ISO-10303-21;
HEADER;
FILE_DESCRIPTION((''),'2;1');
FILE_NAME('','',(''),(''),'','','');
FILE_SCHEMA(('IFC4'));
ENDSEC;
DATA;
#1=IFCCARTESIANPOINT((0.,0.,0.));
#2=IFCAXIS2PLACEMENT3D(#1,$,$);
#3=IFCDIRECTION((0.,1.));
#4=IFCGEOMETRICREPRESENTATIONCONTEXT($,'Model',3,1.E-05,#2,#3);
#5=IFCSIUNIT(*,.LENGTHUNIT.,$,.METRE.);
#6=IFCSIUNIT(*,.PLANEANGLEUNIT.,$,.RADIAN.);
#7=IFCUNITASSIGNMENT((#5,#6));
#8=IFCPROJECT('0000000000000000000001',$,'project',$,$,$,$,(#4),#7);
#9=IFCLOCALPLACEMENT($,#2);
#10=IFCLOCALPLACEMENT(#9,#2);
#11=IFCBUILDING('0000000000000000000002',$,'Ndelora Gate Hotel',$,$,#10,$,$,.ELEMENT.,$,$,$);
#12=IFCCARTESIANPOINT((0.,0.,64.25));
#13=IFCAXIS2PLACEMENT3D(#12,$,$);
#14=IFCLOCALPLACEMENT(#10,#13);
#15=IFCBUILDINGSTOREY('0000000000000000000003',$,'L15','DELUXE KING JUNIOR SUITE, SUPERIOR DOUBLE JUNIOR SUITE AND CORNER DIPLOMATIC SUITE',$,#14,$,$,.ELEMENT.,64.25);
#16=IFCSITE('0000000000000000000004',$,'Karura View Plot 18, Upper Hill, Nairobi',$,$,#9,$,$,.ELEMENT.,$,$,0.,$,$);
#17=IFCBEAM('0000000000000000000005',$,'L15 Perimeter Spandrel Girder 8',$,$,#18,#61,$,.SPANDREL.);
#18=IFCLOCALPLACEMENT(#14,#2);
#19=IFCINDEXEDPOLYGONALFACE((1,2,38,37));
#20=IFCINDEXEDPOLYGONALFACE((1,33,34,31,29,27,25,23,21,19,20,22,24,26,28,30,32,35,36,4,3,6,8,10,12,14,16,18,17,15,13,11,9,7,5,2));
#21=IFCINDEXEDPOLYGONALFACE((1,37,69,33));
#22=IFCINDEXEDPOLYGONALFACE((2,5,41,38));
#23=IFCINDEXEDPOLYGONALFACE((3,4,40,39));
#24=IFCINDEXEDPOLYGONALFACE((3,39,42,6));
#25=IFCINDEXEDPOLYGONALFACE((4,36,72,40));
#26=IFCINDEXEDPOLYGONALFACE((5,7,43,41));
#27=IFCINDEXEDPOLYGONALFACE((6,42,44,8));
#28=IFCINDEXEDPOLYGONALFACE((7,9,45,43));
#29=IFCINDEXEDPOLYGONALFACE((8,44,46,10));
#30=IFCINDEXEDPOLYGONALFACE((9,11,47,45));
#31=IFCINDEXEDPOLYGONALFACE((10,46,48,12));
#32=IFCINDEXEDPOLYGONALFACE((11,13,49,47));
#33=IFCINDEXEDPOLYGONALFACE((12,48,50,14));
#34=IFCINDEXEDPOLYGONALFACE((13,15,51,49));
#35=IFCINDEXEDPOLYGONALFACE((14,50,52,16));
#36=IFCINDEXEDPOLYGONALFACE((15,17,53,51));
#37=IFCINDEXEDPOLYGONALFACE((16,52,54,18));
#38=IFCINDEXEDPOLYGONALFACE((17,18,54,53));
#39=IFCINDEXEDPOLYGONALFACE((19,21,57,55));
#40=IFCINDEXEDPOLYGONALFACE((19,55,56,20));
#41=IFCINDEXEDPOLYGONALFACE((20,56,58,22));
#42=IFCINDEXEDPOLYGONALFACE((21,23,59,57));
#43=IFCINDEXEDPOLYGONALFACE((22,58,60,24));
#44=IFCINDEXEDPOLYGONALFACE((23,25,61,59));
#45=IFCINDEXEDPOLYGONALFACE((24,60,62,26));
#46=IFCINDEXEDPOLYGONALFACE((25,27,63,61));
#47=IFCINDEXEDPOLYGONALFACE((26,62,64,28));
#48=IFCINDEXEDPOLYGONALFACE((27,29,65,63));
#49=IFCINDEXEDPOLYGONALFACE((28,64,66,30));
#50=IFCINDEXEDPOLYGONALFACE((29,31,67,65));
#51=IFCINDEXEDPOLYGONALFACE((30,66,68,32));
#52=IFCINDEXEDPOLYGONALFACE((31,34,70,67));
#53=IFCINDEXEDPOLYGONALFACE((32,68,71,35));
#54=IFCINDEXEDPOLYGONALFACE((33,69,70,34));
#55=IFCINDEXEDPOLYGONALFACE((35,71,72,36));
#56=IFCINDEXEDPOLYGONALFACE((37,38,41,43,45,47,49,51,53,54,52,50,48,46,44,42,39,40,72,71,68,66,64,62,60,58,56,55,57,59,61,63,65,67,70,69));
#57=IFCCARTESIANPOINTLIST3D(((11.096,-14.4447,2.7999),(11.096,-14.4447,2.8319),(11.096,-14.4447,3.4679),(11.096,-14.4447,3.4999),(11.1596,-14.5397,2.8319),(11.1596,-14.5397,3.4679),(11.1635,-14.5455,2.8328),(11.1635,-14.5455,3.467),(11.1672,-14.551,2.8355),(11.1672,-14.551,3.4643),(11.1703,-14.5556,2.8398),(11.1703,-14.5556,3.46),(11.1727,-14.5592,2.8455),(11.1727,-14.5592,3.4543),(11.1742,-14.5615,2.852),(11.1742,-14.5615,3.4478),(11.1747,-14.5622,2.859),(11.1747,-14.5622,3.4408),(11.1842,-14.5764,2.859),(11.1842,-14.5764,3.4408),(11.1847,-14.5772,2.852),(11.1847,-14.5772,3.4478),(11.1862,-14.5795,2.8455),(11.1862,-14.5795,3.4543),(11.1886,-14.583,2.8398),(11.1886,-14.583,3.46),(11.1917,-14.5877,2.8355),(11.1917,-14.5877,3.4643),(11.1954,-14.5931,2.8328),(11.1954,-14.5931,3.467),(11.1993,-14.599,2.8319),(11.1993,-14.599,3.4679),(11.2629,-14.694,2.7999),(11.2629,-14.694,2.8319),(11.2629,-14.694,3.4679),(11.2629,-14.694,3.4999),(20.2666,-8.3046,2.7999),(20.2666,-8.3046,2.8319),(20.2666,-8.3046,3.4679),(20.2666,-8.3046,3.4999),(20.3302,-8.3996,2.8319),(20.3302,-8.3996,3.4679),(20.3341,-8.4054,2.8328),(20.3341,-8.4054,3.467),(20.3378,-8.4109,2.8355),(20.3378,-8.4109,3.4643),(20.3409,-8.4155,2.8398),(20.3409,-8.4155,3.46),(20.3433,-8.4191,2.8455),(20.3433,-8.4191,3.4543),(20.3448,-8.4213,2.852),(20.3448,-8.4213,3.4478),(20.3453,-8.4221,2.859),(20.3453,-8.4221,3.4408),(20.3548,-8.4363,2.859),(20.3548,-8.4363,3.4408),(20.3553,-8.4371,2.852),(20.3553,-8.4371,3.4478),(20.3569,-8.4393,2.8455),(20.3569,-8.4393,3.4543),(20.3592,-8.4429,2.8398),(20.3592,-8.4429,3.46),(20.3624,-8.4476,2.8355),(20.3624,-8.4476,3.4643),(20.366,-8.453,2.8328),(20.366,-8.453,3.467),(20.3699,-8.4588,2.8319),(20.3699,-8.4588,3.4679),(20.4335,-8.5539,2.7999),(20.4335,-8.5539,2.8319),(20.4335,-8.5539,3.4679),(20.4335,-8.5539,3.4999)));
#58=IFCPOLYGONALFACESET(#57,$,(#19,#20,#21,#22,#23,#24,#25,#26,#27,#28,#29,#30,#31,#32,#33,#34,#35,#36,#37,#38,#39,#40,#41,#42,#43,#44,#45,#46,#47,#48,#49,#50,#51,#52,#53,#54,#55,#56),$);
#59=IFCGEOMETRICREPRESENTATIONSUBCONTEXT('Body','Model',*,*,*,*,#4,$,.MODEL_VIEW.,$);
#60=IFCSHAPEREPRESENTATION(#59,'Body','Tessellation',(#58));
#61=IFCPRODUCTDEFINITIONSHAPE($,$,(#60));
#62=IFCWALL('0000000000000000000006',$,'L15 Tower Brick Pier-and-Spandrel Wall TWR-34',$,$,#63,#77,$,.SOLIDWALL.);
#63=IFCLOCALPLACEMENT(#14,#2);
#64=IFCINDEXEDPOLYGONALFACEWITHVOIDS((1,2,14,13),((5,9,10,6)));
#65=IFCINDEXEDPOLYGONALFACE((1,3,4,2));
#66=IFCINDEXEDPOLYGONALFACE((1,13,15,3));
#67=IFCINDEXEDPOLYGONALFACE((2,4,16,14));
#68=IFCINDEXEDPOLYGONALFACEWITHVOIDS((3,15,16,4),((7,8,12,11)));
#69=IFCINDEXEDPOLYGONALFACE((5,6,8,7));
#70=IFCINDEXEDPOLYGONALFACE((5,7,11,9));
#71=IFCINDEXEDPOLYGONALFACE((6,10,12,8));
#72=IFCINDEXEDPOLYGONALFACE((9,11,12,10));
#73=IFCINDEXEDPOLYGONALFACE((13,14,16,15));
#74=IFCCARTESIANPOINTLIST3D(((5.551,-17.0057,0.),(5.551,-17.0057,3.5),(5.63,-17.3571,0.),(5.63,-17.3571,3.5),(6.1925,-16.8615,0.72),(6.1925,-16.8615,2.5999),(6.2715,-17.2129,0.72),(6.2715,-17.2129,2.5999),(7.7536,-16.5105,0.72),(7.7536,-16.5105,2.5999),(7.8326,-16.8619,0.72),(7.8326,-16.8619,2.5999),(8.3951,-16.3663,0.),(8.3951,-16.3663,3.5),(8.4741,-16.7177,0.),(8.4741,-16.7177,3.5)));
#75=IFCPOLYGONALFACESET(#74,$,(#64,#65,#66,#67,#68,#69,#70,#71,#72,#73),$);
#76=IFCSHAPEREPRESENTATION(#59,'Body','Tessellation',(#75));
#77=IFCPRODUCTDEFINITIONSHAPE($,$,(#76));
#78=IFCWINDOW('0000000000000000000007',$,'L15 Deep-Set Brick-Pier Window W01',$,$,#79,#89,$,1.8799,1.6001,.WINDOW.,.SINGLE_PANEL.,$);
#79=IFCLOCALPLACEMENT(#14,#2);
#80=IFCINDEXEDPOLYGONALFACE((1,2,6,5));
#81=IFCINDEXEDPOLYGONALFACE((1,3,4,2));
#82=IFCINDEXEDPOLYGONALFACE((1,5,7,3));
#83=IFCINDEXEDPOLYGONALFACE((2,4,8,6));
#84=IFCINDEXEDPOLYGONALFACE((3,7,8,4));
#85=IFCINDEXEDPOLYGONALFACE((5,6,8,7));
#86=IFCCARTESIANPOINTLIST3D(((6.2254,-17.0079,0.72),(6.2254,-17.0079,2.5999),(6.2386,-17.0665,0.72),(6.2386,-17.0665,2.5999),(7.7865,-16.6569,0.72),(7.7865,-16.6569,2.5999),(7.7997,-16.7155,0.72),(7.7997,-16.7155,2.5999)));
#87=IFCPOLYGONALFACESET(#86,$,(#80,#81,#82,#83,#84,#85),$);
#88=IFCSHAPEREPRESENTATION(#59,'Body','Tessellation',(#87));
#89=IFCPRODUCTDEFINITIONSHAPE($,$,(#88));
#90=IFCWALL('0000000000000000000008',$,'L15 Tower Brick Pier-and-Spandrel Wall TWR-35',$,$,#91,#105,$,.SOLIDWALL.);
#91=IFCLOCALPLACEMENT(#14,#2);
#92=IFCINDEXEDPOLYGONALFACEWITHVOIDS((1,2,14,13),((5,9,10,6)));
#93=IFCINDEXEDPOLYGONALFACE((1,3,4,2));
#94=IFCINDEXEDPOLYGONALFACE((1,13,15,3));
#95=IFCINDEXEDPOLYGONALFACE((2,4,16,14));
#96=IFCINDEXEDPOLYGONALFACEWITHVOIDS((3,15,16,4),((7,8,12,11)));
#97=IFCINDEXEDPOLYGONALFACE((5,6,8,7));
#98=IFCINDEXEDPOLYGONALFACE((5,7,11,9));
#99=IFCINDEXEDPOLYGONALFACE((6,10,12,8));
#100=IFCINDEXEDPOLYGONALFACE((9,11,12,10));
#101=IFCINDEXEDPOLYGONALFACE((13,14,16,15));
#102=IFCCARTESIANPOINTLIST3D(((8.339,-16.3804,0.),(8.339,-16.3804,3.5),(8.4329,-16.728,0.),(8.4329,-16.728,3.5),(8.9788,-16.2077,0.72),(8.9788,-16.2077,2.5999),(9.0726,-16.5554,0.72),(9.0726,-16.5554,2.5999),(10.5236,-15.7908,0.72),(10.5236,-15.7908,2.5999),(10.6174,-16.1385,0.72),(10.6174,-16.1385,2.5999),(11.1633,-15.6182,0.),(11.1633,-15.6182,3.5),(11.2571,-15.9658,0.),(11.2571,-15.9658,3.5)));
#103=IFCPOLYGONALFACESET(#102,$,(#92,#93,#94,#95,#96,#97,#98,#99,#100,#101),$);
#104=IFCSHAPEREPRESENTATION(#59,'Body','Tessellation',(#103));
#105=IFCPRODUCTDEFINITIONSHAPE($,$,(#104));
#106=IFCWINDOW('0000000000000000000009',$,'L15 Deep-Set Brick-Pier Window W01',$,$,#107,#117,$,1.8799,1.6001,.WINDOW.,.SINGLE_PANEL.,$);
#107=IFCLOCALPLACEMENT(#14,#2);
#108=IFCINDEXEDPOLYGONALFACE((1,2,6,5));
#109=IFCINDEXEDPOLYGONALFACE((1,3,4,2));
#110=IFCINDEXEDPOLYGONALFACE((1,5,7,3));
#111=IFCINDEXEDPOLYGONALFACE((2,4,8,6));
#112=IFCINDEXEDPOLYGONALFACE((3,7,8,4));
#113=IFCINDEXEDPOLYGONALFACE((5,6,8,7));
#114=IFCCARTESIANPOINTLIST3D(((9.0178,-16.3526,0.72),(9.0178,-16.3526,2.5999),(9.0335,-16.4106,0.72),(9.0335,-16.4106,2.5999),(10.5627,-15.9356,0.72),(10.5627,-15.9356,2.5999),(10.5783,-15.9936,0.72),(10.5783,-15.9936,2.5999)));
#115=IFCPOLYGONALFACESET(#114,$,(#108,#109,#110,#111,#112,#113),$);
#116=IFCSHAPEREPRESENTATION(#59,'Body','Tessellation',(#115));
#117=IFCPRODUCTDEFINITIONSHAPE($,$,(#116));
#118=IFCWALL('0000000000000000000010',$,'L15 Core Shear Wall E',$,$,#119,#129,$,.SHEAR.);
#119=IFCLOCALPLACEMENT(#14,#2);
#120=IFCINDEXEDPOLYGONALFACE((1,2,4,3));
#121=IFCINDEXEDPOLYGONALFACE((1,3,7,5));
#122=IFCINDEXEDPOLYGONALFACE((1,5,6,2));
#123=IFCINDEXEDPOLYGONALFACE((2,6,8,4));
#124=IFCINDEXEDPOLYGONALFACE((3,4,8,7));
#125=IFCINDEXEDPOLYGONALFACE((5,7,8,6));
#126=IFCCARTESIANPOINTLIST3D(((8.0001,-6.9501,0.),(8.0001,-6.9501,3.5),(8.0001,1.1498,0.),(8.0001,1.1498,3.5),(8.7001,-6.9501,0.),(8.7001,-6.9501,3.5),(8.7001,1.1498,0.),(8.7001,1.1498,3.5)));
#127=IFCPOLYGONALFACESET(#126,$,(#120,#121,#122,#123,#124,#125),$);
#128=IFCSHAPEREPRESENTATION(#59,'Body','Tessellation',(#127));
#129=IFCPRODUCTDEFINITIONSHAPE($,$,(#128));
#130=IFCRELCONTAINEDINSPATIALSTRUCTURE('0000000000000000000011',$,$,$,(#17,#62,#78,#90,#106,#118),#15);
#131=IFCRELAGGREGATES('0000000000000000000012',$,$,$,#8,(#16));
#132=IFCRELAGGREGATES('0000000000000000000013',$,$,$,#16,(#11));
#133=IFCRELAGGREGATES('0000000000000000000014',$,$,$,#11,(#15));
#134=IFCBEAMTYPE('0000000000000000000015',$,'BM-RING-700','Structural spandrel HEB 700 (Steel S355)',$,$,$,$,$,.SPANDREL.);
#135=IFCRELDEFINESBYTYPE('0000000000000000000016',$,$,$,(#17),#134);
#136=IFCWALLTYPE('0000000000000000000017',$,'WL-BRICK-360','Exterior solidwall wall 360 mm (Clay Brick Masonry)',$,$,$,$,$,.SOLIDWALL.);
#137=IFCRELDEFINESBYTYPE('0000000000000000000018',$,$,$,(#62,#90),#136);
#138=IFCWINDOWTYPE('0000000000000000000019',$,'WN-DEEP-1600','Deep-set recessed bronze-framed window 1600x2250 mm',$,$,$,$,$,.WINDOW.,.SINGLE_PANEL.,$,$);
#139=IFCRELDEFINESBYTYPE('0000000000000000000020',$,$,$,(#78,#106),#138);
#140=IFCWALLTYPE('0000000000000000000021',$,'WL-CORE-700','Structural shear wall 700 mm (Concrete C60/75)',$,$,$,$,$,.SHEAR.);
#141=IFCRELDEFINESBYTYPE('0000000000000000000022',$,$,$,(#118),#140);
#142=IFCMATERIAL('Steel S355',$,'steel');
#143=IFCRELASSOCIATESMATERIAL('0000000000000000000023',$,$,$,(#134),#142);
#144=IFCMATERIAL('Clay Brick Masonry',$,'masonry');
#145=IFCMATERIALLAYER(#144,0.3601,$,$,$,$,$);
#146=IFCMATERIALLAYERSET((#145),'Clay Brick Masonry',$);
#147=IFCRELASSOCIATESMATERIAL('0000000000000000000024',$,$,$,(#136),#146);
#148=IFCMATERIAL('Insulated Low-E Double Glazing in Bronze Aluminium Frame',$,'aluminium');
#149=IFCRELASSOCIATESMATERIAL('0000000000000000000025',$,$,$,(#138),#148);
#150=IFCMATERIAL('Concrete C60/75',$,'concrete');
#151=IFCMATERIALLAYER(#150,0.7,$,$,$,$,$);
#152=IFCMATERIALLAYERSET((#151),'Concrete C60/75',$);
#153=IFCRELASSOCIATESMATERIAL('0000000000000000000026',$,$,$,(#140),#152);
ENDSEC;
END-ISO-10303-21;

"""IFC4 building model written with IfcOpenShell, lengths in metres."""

from ifc_helpers import new_model, si_unit, direction, frame, frame_2d, origin, origin_2d, place, context, subcontext, project, spatial, rectangle, i_section, extrude, material, layer, layer_set, material_profile, profile_set, type_object, element, fill, save


model = new_model("IFC4")

# Units and contexts
model_context = context("Model", 3, precision=1e-05, world=origin(), true_north=direction((0.0, 1.0)))
body_context = subcontext(model_context, "Body", "Model", "MODEL_VIEW")
ifc_project = project(units=[si_unit("LENGTHUNIT", "METRE"), si_unit("PLANEANGLEUNIT", "RADIAN")], contexts=[model_context])

# Site, building, storey
site_placement = place(None, origin())
site = spatial("IfcSite", under=ifc_project, at=site_placement, Name="Karura View Plot 18, Upper Hill, Nairobi", CompositionType="ELEMENT", RefElevation=0.0)
building_placement = place(site_placement, origin())
building = spatial("IfcBuilding", under=site, at=building_placement, Name="Ndelora Gate Hotel", CompositionType="ELEMENT")
storey_placement = place(building_placement, frame((0.0, 0.0, 64.25)))
storey = spatial("IfcBuildingStorey", under=building, at=storey_placement, Name="L15", Description="DELUXE KING JUNIOR SUITE, SUPERIOR DOUBLE JUNIOR SUITE AND CORNER DIPLOMATIC SUITE", CompositionType="ELEMENT", Elevation=64.25)

# Shared definitions
ifc_material_1 = material(Name="Concrete C60/75", Category="concrete")

# Beam
ifc_material_2 = material(Name="Steel S355", Category="steel")
ifc_material_profile_1 = material_profile(ifc_material_2, i_section(OverallWidth=0.3, OverallDepth=0.7, WebThickness=0.0171, FlangeThickness=0.032, FilletRadius=0.0271, at=origin_2d()), Name="HEB 700")
ifc_profile_set_1 = profile_set([ifc_material_profile_1], Name="Steel S355")
beam_type_1 = type_object("IfcBeamType", Name="BM-RING-700", Description="Structural spandrel HEB 700 (Steel S355)", PredefinedType="SPANDREL", material=ifc_profile_set_1)
beam_1_placement = place(storey_placement, frame((11.1794, -14.5693, 3.1499), z_axis=(0.830946, 0.556353, 0.0), x_axis=(-0.556353, 0.830946, 0.0)))
element("IfcBeam", 1, at=beam_1_placement, inside=storey, type_object=beam_type_1, Name="L15 Perimeter Spandrel Girder 8", PredefinedType="SPANDREL", context=body_context, shape_type="SweptSolid", body=[
    extrude(i_section(OverallWidth=0.3, OverallDepth=0.7, WebThickness=0.0171, FlangeThickness=0.032, FilletRadius=0.0271, at=origin_2d()), origin(), (0.0, 0.0, 1.0), 11.0364),
])

# Walls, openings, windows
ifc_material_3 = material(Name="Clay Brick Masonry", Category="masonry")
ifc_layer_1 = layer(ifc_material_3, 0.3601)
ifc_layer_set_1 = layer_set([ifc_layer_1], Name="Clay Brick Masonry")
wall_type_1 = type_object("IfcWallType", Name="WL-BRICK-360", Description="Exterior solidwall wall 360 mm (Clay Brick Masonry)", PredefinedType="SOLIDWALL", material=ifc_layer_set_1)
wall_1_placement = place(storey_placement, frame((8.4346, -16.542, 0.0), z_axis=(0.0, 0.0, 1.0), x_axis=(-0.975646, -0.219351, 0.0)))
wall_1 = element("IfcWall", 2, at=wall_1_placement, inside=storey, type_object=wall_type_1, Name="L15 Tower Brick Pier-and-Spandrel Wall TWR-34", PredefinedType="SOLIDWALL", context=body_context, shape_type="SweptSolid", body=[
    extrude(rectangle(XDim=2.915, YDim=0.3601, at=frame_2d((1.4575, 0.0))), origin(), (0.0, 0.0, 1.0), 3.5),
])
opening_1_placement = place(wall_1_placement, frame((0.6575, 0.0, 0.72)))
opening_1 = element("IfcOpeningElement", 3, at=opening_1_placement, cuts=wall_1, PredefinedType="OPENING", context=body_context, shape_type="SweptSolid", body=[
    extrude(rectangle(XDim=1.6001, YDim=1.8799, at=frame_2d((0.8, 0.9399))), frame((0.0, 0.1899, 0.0), z_axis=(0.0, -1.0, 0.0), x_axis=(1.0, 0.0, 0.0)), (0.0, 0.0, 1.0), 0.3801),
])
ifc_material_4 = material(Name="Insulated Low-E Double Glazing in Bronze Aluminium Frame", Category="aluminium")
window_type = type_object("IfcWindowType", Name="WN-DEEP-1600", Description="Deep-set recessed bronze-framed window 1600x2250 mm", PartitioningType="SINGLE_PANEL", PredefinedType="WINDOW", material=ifc_material_4)
window_1_placement = place(opening_1_placement, origin())
window_1 = element("IfcWindow", 4, at=window_1_placement, inside=storey, type_object=window_type, Name="L15 Deep-Set Brick-Pier Window W01", OverallHeight=1.8799, OverallWidth=1.6001, PartitioningType="SINGLE_PANEL", PredefinedType="WINDOW", context=body_context, shape_type="SweptSolid", body=[
    extrude(rectangle(XDim=1.6001, YDim=1.8799, at=frame_2d((0.8, 0.9399))), frame((0.0, 0.03, 0.0), z_axis=(0.0, -1.0, 0.0), x_axis=(1.0, 0.0, 0.0)), (0.0, 0.0, 1.0), 0.0601),
])
fill(opening_1, window_1)
wall_2_placement = place(storey_placement, frame((11.2102, -15.792, 0.0), z_axis=(0.0, 0.0, 1.0), x_axis=(-0.965458, -0.26056, 0.0)))
wall_2 = element("IfcWall", 5, at=wall_2_placement, inside=storey, type_object=wall_type_1, Name="L15 Tower Brick Pier-and-Spandrel Wall TWR-35", PredefinedType="SOLIDWALL", context=body_context, shape_type="SweptSolid", body=[
    extrude(rectangle(XDim=2.9253, YDim=0.3601, at=frame_2d((1.4626, 0.0))), origin(), (0.0, 0.0, 1.0), 3.5),
])
opening_2_placement = place(wall_2_placement, frame((0.6626, 0.0, 0.72)))
opening_2 = element("IfcOpeningElement", 6, at=opening_2_placement, cuts=wall_2, PredefinedType="OPENING", context=body_context, shape_type="SweptSolid", body=[
    extrude(rectangle(XDim=1.6001, YDim=1.8799, at=frame_2d((0.8, 0.9399))), frame((0.0, 0.1899, 0.0), z_axis=(0.0, -1.0, 0.0), x_axis=(1.0, 0.0, 0.0)), (0.0, 0.0, 1.0), 0.3801),
])
window_2_placement = place(opening_2_placement, origin())
window_2 = element("IfcWindow", 7, at=window_2_placement, inside=storey, type_object=window_type, Name="L15 Deep-Set Brick-Pier Window W01", OverallHeight=1.8799, OverallWidth=1.6001, PartitioningType="SINGLE_PANEL", PredefinedType="WINDOW", context=body_context, shape_type="SweptSolid", body=[
    extrude(rectangle(XDim=1.6001, YDim=1.8799, at=frame_2d((0.8, 0.9399))), frame((0.0, 0.03, 0.0), z_axis=(0.0, -1.0, 0.0), x_axis=(1.0, 0.0, 0.0)), (0.0, 0.0, 1.0), 0.0601),
])
fill(opening_2, window_2)

# Wall
ifc_layer_2 = layer(ifc_material_1, 0.7)
ifc_layer_set_2 = layer_set([ifc_layer_2], Name="Concrete C60/75")
wall_type_2 = type_object("IfcWallType", Name="WL-CORE-700", Description="Structural shear wall 700 mm (Concrete C60/75)", PredefinedType="SHEAR", material=ifc_layer_set_2)
wall_3_placement = place(storey_placement, frame((8.3501, -6.95, 0.0), z_axis=(0.0, 0.0, 1.0), x_axis=(0.0, 1.0, 0.0)))
element("IfcWall", 8, at=wall_3_placement, inside=storey, type_object=wall_type_2, Name="L15 Core Shear Wall E", PredefinedType="SHEAR", context=body_context, shape_type="SweptSolid", body=[
    extrude(rectangle(XDim=8.0999, YDim=0.7, at=frame_2d((4.0498, 0.0))), origin(), (0.0, 0.0, 1.0), 3.5),
])

save(model, "model.ifc")
